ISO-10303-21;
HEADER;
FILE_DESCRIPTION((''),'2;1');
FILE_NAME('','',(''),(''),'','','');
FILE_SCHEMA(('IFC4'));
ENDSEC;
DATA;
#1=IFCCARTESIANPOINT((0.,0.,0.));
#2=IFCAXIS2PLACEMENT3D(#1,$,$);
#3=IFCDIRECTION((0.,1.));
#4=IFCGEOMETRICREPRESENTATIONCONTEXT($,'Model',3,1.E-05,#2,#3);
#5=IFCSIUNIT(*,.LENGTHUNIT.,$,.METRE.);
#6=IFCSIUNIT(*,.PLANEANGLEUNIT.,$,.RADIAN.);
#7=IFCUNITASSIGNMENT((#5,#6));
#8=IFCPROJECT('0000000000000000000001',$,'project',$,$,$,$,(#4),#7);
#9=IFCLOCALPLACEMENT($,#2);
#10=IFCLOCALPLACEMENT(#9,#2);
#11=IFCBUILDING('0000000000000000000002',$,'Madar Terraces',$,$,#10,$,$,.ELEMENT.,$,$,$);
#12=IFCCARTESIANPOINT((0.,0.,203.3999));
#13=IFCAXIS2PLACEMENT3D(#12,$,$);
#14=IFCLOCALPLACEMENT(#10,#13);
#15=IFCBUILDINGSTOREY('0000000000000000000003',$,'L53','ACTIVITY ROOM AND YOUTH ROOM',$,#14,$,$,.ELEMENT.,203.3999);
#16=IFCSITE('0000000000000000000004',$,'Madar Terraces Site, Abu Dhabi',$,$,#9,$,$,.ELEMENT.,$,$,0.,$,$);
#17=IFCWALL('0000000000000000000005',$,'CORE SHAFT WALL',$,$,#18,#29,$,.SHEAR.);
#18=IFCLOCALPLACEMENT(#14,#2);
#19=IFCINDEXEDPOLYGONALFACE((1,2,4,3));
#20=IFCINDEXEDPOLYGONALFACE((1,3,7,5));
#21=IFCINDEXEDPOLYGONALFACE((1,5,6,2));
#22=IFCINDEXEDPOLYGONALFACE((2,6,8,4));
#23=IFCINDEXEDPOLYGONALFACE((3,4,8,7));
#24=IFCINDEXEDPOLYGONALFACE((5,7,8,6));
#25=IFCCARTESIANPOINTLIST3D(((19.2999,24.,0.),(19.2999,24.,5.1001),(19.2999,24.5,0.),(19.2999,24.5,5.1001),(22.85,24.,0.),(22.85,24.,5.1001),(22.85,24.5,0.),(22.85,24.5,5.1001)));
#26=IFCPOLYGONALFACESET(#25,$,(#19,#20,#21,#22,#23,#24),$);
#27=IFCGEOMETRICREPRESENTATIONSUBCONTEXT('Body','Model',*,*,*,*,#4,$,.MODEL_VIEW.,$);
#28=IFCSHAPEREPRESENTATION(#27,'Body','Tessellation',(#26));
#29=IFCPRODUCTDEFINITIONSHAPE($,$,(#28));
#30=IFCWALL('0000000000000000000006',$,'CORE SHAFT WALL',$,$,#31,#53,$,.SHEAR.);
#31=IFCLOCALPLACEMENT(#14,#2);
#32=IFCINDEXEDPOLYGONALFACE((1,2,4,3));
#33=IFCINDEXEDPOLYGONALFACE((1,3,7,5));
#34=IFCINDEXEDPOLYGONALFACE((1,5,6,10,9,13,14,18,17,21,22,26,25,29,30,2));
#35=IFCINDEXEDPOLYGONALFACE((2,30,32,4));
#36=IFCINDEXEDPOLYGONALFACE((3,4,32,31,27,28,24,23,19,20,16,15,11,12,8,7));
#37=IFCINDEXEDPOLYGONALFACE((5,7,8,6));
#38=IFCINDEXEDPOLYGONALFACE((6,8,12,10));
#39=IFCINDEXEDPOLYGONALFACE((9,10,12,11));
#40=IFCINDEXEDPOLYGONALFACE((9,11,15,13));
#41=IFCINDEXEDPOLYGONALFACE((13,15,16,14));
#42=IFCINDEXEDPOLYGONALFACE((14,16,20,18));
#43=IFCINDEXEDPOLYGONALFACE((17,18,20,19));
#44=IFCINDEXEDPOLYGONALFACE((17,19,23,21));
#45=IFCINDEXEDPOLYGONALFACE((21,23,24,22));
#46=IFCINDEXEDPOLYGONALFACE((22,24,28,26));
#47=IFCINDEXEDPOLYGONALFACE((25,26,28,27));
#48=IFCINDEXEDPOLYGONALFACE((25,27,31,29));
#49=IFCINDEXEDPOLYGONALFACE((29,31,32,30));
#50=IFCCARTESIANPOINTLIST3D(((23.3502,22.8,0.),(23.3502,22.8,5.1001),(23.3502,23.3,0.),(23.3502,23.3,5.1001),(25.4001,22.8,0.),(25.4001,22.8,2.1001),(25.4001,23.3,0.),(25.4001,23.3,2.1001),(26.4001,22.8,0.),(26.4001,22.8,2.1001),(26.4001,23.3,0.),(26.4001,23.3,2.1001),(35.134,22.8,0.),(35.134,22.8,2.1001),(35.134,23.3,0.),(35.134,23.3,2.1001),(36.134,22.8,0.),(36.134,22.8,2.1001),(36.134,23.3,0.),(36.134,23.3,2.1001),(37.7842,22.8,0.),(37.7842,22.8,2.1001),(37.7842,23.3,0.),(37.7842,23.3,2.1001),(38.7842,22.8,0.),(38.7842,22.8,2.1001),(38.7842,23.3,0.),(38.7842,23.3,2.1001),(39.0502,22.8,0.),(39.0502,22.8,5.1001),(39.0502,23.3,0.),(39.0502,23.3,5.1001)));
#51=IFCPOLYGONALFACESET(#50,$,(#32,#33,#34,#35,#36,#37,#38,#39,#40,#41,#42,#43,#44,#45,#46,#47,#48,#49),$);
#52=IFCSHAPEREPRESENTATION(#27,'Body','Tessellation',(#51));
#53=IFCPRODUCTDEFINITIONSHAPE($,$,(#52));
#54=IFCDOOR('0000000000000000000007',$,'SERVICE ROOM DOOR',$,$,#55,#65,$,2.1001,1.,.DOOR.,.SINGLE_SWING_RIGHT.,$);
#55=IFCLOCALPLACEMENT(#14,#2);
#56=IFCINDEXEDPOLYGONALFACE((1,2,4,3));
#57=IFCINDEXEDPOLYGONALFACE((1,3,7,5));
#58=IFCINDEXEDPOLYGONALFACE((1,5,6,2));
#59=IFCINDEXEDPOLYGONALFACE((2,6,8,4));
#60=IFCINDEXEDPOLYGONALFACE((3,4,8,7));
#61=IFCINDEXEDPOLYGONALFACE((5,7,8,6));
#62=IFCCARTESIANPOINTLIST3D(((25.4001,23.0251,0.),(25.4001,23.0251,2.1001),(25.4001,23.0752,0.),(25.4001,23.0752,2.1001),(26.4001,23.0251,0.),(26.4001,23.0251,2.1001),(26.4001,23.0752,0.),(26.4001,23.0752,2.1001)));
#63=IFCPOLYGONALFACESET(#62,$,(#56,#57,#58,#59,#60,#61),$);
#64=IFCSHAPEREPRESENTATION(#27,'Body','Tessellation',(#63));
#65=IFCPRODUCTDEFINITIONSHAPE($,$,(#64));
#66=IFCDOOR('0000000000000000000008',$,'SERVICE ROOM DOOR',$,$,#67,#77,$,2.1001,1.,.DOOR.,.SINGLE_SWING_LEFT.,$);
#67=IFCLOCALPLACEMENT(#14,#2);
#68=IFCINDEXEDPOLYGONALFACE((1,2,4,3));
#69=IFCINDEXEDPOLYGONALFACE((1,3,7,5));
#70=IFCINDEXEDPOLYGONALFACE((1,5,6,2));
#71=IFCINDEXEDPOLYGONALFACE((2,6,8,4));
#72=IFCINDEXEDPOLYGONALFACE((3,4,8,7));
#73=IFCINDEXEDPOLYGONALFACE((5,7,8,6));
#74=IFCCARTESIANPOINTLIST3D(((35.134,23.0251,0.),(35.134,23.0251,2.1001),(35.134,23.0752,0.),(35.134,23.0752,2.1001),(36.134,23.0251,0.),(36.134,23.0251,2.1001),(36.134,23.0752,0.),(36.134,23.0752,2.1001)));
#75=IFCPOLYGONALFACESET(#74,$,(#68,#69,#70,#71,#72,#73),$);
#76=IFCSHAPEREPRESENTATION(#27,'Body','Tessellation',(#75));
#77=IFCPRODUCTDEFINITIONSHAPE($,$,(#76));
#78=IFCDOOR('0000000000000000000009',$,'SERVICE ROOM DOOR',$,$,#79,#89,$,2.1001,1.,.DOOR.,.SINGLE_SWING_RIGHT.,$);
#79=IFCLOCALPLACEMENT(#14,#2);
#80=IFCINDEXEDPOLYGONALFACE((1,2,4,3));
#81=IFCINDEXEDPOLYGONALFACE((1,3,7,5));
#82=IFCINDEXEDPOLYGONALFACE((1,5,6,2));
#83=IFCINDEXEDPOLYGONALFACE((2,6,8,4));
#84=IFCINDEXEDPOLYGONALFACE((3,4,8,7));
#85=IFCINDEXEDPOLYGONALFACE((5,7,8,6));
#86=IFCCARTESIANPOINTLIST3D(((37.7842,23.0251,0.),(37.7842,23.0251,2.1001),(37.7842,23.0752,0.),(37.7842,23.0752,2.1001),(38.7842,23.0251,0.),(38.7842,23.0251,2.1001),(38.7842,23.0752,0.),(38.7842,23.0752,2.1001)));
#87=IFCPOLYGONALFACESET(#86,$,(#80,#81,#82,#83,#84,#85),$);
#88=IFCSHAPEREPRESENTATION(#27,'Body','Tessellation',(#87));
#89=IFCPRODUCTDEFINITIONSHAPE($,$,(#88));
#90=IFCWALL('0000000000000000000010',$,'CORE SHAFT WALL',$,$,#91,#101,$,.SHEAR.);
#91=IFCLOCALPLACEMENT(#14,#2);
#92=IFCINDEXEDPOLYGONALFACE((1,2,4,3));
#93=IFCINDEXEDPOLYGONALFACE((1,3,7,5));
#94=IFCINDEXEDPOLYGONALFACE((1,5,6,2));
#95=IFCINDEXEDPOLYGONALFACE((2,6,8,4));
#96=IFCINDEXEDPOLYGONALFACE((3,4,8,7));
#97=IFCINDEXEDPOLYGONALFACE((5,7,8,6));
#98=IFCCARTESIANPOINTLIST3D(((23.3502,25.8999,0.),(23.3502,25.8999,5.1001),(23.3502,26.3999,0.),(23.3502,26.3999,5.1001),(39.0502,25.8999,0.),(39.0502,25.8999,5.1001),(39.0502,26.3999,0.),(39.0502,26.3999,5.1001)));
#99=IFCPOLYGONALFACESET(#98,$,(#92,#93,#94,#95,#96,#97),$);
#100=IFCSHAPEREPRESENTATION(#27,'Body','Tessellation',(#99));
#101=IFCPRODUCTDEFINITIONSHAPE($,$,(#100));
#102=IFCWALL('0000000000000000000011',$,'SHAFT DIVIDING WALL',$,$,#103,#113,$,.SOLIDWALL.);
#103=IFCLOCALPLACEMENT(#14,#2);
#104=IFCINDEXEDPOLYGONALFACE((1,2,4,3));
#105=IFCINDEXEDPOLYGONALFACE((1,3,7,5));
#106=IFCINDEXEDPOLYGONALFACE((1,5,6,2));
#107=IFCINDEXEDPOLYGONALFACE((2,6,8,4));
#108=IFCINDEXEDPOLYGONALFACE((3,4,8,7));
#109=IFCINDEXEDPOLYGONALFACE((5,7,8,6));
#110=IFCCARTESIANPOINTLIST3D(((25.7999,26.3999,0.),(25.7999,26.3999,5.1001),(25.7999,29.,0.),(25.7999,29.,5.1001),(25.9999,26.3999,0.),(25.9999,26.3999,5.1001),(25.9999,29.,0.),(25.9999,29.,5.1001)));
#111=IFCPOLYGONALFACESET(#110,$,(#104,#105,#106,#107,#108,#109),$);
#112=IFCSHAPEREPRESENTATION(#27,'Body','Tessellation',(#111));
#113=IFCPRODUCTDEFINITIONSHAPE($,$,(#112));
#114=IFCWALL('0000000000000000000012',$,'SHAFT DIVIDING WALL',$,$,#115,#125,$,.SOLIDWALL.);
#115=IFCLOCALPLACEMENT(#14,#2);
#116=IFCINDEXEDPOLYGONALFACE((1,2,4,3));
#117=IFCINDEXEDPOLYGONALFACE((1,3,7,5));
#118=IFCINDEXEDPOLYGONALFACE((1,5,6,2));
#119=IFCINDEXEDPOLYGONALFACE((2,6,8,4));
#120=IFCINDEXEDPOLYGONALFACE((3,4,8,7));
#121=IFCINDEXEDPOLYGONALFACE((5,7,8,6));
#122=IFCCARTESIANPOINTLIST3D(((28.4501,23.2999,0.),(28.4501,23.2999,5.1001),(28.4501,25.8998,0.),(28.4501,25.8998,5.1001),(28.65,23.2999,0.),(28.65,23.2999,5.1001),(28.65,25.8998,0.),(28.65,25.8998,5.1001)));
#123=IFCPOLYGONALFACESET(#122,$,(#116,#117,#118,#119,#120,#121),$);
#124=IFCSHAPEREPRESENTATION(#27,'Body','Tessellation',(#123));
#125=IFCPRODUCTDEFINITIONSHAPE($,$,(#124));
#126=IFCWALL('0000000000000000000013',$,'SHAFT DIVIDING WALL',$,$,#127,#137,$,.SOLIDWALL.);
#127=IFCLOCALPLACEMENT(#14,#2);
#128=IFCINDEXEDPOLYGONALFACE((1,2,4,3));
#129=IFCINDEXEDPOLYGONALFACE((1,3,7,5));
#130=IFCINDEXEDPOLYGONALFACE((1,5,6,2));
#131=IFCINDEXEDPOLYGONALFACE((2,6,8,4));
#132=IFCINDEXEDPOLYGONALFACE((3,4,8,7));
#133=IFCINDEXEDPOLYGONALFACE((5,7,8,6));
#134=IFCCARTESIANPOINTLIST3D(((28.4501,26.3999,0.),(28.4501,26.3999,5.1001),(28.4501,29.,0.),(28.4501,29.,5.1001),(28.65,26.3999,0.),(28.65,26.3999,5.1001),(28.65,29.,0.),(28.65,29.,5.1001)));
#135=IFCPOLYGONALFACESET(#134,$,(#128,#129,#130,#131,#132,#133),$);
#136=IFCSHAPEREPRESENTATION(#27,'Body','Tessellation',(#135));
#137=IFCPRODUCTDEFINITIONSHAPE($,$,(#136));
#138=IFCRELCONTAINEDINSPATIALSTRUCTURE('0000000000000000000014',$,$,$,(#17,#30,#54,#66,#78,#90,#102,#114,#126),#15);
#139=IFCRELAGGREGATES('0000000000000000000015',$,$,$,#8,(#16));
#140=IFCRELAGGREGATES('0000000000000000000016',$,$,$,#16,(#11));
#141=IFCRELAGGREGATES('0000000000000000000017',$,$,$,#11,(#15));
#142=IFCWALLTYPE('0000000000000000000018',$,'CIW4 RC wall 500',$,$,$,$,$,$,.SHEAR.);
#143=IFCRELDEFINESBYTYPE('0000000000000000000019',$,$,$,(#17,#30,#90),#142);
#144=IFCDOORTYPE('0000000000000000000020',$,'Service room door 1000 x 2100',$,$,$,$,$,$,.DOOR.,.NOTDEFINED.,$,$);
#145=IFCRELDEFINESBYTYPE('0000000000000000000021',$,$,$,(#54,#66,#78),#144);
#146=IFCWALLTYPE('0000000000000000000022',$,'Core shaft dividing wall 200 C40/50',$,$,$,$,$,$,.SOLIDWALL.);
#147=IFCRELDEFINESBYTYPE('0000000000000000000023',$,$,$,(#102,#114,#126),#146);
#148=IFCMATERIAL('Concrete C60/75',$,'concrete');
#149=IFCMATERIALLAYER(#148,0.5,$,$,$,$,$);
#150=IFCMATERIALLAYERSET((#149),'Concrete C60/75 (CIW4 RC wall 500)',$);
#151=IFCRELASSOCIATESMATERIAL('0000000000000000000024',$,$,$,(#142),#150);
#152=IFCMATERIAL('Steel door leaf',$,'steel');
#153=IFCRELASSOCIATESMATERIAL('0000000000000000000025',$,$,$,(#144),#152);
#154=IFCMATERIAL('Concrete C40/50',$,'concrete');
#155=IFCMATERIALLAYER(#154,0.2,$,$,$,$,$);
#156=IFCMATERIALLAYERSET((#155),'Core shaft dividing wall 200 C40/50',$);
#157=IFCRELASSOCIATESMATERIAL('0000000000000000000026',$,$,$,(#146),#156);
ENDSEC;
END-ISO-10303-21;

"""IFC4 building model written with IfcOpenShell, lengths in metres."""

from ifc_helpers import new_model, si_unit, direction, frame, frame_2d, origin, place, context, subcontext, project, spatial, rectangle, extrude, material, layer, layer_set, type_object, element, fill, save


model = new_model("IFC4")

# Units and contexts
model_context = context("Model", 3, precision=1e-05, world=origin(), true_north=direction((0.0, 1.0)))
body_context = subcontext(model_context, "Body", "Model", "MODEL_VIEW")
ifc_project = project(units=[si_unit("LENGTHUNIT", "METRE"), si_unit("PLANEANGLEUNIT", "RADIAN")], contexts=[model_context])

# Site, building, storey
site_placement = place(None, origin())
site = spatial("IfcSite", under=ifc_project, at=site_placement, Name="Madar Terraces Site, Abu Dhabi", CompositionType="ELEMENT", RefElevation=0.0)
building_placement = place(site_placement, origin())
building = spatial("IfcBuilding", under=site, at=building_placement, Name="Madar Terraces", CompositionType="ELEMENT")
storey_placement = place(building_placement, frame((0.0, 0.0, 203.3999)))
storey = spatial("IfcBuildingStorey", under=building, at=storey_placement, Name="L53", Description="ACTIVITY ROOM AND YOUTH ROOM", CompositionType="ELEMENT", Elevation=203.3999)

# Wall
ifc_material_1 = material(Name="Concrete C60/75", Category="concrete")
ifc_layer_1 = layer(ifc_material_1, 0.5)
ifc_layer_set_1 = layer_set([ifc_layer_1], Name="Concrete C60/75 (CIW4 RC wall 500)")
wall_type_1 = type_object("IfcWallType", Name="CIW4 RC wall 500", PredefinedType="SHEAR", material=ifc_layer_set_1)
wall_1_placement = place(storey_placement, frame((19.3, 24.25, 0.0), z_axis=(0.0, 0.0, 1.0), x_axis=(1.0, 0.0, 0.0)))
element("IfcWall", 1, at=wall_1_placement, inside=storey, type_object=wall_type_1, Name="CORE SHAFT WALL", PredefinedType="SHEAR", context=body_context, shape_type="SweptSolid", body=[
    extrude(rectangle(XDim=3.55, YDim=0.5, at=frame_2d((1.7749, 0.0))), origin(), (0.0, 0.0, 1.0), 5.1001),
])

# Wall, openings, doors
wall_2_placement = place(storey_placement, frame((23.3501, 23.05, 0.0), z_axis=(0.0, 0.0, 1.0), x_axis=(1.0, 0.0, 0.0)))
wall_2 = element("IfcWall", 2, at=wall_2_placement, inside=storey, type_object=wall_type_1, Name="CORE SHAFT WALL", PredefinedType="SHEAR", context=body_context, shape_type="SweptSolid", body=[
    extrude(rectangle(XDim=15.7, YDim=0.5, at=frame_2d((7.8501, 0.0))), origin(), (0.0, 0.0, 1.0), 5.1001),
])
opening_1_placement = place(wall_2_placement, frame((2.05, 0.0, 0.0)))
opening_1 = element("IfcOpeningElement", 3, at=opening_1_placement, cuts=wall_2, PredefinedType="OPENING", context=body_context, shape_type="SweptSolid", body=[
    extrude(rectangle(XDim=1.0, YDim=2.1001, at=frame_2d((0.5, 1.05))), frame((0.0, 0.26, 0.0), z_axis=(0.0, -1.0, 0.0), x_axis=(1.0, 0.0, 0.0)), (0.0, 0.0, 1.0), 0.52),
])
opening_2_placement = place(wall_2_placement, frame((11.7839, 0.0, 0.0)))
opening_2 = element("IfcOpeningElement", 4, at=opening_2_placement, cuts=wall_2, PredefinedType="OPENING", context=body_context, shape_type="SweptSolid", body=[
    extrude(rectangle(XDim=1.0, YDim=2.1001, at=frame_2d((0.5, 1.05))), frame((0.0, 0.26, 0.0), z_axis=(0.0, -1.0, 0.0), x_axis=(1.0, 0.0, 0.0)), (0.0, 0.0, 1.0), 0.52),
])
opening_3_placement = place(wall_2_placement, frame((14.4341, 0.0, 0.0)))
opening_3 = element("IfcOpeningElement", 5, at=opening_3_placement, cuts=wall_2, PredefinedType="OPENING", context=body_context, shape_type="SweptSolid", body=[
    extrude(rectangle(XDim=1.0, YDim=2.1001, at=frame_2d((0.5, 1.05))), frame((0.0, 0.26, 0.0), z_axis=(0.0, -1.0, 0.0), x_axis=(1.0, 0.0, 0.0)), (0.0, 0.0, 1.0), 0.52),
])
ifc_material_2 = material(Name="Steel door leaf", Category="steel")
door_type = type_object("IfcDoorType", Name="Service room door 1000 x 2100", OperationType="NOTDEFINED", PredefinedType="DOOR", material=ifc_material_2)
door_1_placement = place(opening_1_placement, frame((1.0, 0.0, 0.0), z_axis=(0.0, 0.0, 1.0), x_axis=(-1.0, 0.0, 0.0)))
door_1 = element("IfcDoor", 6, at=door_1_placement, inside=storey, type_object=door_type, Name="SERVICE ROOM DOOR", OperationType="SINGLE_SWING_RIGHT", OverallHeight=2.1001, OverallWidth=1.0, PredefinedType="DOOR", context=body_context, shape_type="SweptSolid", body=[
    extrude(rectangle(XDim=1.0, YDim=2.1001, at=frame_2d((0.5, 1.05))), frame((0.0, 0.0249, 0.0), z_axis=(0.0, -1.0, 0.0), x_axis=(1.0, 0.0, 0.0)), (0.0, 0.0, 1.0), 0.05),
])
fill(opening_1, door_1)
door_2_placement = place(opening_2_placement, frame((1.0, 0.0, 0.0), z_axis=(0.0, 0.0, 1.0), x_axis=(-1.0, 0.0, 0.0)))
door_2 = element("IfcDoor", 7, at=door_2_placement, inside=storey, type_object=door_type, Name="SERVICE ROOM DOOR", OperationType="SINGLE_SWING_LEFT", OverallHeight=2.1001, OverallWidth=1.0, PredefinedType="DOOR", context=body_context, shape_type="SweptSolid", body=[
    extrude(rectangle(XDim=1.0, YDim=2.1001, at=frame_2d((0.5, 1.05))), frame((0.0, 0.0249, 0.0), z_axis=(0.0, -1.0, 0.0), x_axis=(1.0, 0.0, 0.0)), (0.0, 0.0, 1.0), 0.05),
])
fill(opening_2, door_2)
door_3_placement = place(opening_3_placement, frame((1.0, 0.0, 0.0), z_axis=(0.0, 0.0, 1.0), x_axis=(-1.0, 0.0, 0.0)))
door_3 = element("IfcDoor", 8, at=door_3_placement, inside=storey, type_object=door_type, Name="SERVICE ROOM DOOR", OperationType="SINGLE_SWING_RIGHT", OverallHeight=2.1001, OverallWidth=1.0, PredefinedType="DOOR", context=body_context, shape_type="SweptSolid", body=[
    extrude(rectangle(XDim=1.0, YDim=2.1001, at=frame_2d((0.5, 1.05))), frame((0.0, 0.0249, 0.0), z_axis=(0.0, -1.0, 0.0), x_axis=(1.0, 0.0, 0.0)), (0.0, 0.0, 1.0), 0.05),
])
fill(opening_3, door_3)

# Walls
wall_3_placement = place(storey_placement, frame((23.3501, 26.1499, 0.0), z_axis=(0.0, 0.0, 1.0), x_axis=(1.0, 0.0, 0.0)))
element("IfcWall", 9, at=wall_3_placement, inside=storey, type_object=wall_type_1, Name="CORE SHAFT WALL", PredefinedType="SHEAR", context=body_context, shape_type="SweptSolid", body=[
    extrude(rectangle(XDim=15.7, YDim=0.5, at=frame_2d((7.8501, 0.0))), origin(), (0.0, 0.0, 1.0), 5.1001),
])
ifc_material_3 = material(Name="Concrete C40/50", Category="concrete")
ifc_layer_2 = layer(ifc_material_3, 0.2)
ifc_layer_set_2 = layer_set([ifc_layer_2], Name="Core shaft dividing wall 200 C40/50")
wall_type_2 = type_object("IfcWallType", Name="Core shaft dividing wall 200 C40/50", PredefinedType="SOLIDWALL", material=ifc_layer_set_2)
wall_4_placement = place(storey_placement, frame((25.8999, 26.3999, 0.0), z_axis=(0.0, 0.0, 1.0), x_axis=(0.0, 1.0, 0.0)))
element("IfcWall", 10, at=wall_4_placement, inside=storey, type_object=wall_type_2, Name="SHAFT DIVIDING WALL", PredefinedType="SOLIDWALL", context=body_context, shape_type="SweptSolid", body=[
    extrude(rectangle(XDim=2.6001, YDim=0.2, at=frame_2d((1.3, 0.0))), origin(), (0.0, 0.0, 1.0), 5.1001),
])
wall_5_placement = place(storey_placement, frame((28.55, 23.3, 0.0), z_axis=(0.0, 0.0, 1.0), x_axis=(0.0, 1.0, 0.0)))
element("IfcWall", 11, at=wall_5_placement, inside=storey, type_object=wall_type_2, Name="SHAFT DIVIDING WALL", PredefinedType="SOLIDWALL", context=body_context, shape_type="SweptSolid", body=[
    extrude(rectangle(XDim=2.5999, YDim=0.2, at=frame_2d((1.2998, 0.0))), origin(), (0.0, 0.0, 1.0), 5.1001),
])
wall_6_placement = place(storey_placement, frame((28.55, 26.3999, 0.0), z_axis=(0.0, 0.0, 1.0), x_axis=(0.0, 1.0, 0.0)))
element("IfcWall", 12, at=wall_6_placement, inside=storey, type_object=wall_type_2, Name="SHAFT DIVIDING WALL", PredefinedType="SOLIDWALL", context=body_context, shape_type="SweptSolid", body=[
    extrude(rectangle(XDim=2.6001, YDim=0.2, at=frame_2d((1.3, 0.0))), origin(), (0.0, 0.0, 1.0), 5.1001),
])

save(model, "model.ifc")
